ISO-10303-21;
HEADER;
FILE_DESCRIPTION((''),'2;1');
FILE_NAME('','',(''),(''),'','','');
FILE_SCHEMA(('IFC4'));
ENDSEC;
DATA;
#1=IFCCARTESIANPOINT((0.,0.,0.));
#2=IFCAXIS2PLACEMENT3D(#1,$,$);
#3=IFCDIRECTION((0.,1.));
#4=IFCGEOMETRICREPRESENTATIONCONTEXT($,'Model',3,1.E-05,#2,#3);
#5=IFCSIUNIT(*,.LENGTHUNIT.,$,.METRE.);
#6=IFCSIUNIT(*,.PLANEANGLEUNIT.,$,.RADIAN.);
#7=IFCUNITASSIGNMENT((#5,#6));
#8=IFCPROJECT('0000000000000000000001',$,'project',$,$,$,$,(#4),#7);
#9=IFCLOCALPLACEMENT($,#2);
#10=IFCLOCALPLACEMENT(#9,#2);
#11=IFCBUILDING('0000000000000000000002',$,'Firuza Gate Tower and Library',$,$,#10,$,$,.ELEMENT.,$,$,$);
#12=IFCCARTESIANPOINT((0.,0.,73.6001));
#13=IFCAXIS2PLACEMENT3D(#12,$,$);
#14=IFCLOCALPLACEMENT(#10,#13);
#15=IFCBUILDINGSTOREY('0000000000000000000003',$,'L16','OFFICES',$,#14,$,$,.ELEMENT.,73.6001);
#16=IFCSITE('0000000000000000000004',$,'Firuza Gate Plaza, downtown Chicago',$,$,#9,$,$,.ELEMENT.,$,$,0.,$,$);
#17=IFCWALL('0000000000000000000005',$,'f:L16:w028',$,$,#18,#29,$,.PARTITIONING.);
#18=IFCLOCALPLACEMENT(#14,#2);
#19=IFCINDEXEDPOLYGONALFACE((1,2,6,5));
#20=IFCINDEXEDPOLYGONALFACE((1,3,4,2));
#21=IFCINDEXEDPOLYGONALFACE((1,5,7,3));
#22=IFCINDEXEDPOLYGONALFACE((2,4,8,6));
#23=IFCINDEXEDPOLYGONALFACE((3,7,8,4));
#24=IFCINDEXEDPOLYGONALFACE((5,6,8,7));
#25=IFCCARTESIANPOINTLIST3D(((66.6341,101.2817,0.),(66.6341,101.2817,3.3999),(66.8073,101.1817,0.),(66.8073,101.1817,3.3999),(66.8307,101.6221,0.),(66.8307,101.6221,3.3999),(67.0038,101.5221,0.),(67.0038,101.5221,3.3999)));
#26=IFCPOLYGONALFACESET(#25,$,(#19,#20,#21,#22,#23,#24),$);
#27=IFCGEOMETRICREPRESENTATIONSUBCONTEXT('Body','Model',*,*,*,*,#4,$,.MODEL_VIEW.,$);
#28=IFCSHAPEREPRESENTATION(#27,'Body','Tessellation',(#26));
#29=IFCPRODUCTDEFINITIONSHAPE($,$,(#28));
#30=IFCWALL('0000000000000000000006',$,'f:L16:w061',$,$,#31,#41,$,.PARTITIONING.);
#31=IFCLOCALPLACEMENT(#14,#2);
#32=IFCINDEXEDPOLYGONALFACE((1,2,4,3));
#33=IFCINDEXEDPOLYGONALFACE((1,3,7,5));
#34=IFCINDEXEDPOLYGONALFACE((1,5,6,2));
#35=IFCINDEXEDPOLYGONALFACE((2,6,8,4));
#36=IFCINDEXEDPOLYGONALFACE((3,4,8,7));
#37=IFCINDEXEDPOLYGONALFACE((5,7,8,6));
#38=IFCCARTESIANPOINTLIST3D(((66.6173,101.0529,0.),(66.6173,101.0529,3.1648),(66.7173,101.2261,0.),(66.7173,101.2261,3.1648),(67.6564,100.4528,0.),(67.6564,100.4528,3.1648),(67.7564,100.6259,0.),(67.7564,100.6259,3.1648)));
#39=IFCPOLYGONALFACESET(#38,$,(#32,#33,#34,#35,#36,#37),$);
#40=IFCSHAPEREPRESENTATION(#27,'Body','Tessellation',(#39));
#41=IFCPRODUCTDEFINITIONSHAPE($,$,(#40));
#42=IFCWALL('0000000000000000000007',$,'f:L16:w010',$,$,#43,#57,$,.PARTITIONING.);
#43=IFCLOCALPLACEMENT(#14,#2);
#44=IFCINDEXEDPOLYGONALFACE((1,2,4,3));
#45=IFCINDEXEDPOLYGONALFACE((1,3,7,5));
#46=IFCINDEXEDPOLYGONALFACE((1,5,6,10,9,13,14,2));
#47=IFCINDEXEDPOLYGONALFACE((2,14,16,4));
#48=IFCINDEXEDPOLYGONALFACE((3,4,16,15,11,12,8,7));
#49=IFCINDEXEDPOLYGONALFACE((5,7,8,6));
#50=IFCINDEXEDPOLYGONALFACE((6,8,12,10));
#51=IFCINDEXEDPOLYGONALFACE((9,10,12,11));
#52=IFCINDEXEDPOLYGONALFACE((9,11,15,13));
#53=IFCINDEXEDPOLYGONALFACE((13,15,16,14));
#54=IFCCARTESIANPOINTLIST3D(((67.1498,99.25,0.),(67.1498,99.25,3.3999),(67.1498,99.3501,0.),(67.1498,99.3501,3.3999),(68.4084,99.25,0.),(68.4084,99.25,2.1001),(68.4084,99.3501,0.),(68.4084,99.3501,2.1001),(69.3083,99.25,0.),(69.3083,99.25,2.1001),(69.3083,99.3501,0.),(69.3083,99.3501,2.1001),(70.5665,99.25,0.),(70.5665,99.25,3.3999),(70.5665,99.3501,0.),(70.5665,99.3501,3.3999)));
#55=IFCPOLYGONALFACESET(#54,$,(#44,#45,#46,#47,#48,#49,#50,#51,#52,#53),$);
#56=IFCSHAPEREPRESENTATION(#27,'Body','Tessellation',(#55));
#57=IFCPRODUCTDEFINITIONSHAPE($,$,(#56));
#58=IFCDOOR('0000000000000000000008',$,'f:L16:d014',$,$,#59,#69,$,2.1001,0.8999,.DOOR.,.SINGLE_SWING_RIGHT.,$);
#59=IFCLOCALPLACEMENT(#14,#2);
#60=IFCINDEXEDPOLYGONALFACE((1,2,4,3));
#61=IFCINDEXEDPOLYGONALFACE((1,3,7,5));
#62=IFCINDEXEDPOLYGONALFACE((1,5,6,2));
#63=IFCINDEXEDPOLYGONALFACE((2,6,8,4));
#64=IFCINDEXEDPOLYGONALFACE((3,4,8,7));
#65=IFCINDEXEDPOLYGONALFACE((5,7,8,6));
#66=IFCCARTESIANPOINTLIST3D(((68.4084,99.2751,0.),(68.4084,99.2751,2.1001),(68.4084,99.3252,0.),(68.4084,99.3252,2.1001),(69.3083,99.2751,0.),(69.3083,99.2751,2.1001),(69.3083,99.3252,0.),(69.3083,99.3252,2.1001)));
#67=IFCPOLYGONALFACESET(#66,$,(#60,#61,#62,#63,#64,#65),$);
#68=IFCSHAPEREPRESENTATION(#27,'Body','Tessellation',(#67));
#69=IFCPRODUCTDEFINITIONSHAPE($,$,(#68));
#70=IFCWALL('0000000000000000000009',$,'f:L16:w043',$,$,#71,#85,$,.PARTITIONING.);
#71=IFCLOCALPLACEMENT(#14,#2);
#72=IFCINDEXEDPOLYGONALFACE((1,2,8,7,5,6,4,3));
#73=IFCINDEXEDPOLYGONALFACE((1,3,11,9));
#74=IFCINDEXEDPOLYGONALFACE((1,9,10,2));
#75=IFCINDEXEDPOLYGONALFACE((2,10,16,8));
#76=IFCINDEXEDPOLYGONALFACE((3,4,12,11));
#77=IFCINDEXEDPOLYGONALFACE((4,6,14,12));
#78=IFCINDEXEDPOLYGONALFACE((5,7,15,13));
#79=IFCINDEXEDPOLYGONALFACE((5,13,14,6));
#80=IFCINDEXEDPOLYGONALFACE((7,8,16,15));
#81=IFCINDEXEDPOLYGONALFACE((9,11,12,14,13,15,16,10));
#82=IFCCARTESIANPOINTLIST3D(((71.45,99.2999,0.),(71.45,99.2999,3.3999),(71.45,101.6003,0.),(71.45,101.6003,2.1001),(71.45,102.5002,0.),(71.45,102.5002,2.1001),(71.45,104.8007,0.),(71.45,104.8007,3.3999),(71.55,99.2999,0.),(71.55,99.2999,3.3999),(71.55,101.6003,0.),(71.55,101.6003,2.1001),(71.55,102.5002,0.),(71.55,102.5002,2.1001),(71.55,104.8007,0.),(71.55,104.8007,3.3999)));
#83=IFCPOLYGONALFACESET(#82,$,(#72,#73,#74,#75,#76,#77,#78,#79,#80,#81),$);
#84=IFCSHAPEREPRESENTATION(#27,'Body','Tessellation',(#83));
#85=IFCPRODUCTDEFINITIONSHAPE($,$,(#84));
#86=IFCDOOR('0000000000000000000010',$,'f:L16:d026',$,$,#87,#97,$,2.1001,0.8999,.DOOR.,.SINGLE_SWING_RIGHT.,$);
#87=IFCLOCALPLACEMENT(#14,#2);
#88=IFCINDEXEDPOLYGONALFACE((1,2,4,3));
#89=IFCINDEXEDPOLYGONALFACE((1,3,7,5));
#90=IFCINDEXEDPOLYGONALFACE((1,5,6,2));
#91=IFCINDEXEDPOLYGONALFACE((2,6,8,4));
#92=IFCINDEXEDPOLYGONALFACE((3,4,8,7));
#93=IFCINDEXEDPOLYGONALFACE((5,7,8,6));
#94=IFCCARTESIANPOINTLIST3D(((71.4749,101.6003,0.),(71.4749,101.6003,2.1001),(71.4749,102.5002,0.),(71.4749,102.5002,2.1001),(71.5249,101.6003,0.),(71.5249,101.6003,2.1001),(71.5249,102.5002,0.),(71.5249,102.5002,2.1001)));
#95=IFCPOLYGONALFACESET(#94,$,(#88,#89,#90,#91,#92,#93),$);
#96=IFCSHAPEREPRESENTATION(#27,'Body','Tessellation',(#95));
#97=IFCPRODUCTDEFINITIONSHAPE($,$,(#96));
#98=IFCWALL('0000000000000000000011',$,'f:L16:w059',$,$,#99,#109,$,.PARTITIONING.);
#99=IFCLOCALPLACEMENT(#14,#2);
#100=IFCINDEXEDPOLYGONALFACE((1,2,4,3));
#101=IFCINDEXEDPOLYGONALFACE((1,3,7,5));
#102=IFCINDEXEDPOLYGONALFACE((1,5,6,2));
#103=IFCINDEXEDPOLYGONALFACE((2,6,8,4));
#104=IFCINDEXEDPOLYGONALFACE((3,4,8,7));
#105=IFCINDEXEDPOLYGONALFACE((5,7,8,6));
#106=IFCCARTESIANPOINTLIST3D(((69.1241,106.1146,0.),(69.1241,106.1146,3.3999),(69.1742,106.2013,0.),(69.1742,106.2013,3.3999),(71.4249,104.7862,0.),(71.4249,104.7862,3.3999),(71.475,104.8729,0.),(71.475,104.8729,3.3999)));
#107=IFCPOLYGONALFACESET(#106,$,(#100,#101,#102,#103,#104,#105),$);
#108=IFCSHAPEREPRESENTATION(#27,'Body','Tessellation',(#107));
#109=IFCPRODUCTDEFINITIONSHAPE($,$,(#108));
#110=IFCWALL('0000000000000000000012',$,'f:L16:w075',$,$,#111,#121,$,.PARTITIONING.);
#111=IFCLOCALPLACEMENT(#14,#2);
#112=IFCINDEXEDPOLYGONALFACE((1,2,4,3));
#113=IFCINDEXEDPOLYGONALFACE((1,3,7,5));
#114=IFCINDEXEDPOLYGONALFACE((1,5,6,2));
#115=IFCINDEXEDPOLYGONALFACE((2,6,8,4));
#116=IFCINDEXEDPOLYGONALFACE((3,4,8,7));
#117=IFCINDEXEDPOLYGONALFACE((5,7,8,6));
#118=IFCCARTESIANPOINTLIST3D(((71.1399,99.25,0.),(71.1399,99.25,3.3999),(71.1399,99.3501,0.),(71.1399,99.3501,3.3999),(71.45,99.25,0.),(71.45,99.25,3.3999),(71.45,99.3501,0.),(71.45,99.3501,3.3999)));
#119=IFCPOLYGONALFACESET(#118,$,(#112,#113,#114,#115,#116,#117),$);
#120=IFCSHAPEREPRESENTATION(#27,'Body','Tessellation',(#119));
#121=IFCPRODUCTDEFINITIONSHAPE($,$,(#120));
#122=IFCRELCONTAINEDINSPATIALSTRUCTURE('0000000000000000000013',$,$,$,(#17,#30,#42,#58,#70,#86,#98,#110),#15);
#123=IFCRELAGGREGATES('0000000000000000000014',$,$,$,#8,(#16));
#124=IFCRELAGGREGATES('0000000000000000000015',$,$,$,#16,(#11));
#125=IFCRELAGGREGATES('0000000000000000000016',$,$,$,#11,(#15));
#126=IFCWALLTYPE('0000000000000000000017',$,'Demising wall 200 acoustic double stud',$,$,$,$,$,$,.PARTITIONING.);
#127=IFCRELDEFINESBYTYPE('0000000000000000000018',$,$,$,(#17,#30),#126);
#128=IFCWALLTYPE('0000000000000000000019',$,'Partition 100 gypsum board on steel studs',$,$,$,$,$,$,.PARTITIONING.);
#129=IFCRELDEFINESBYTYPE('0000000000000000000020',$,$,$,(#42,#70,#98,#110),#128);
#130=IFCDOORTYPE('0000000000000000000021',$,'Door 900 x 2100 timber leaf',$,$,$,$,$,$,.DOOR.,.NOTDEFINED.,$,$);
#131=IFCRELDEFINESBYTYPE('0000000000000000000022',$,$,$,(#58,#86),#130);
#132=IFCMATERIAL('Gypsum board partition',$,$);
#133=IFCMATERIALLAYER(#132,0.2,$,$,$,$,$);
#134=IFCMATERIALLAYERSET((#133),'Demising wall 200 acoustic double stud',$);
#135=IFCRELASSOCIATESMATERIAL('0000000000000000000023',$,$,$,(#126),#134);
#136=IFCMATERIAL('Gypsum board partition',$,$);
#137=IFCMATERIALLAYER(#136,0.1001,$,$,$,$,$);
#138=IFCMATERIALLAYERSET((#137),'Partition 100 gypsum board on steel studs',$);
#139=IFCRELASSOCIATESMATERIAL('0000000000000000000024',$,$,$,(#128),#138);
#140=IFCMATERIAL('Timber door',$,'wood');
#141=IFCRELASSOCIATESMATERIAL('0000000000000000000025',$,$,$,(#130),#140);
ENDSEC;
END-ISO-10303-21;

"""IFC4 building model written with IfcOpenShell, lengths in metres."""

from ifc_helpers import new_model, si_unit, direction, frame, frame_2d, origin, place, context, subcontext, project, spatial, rectangle, extrude, material, layer, layer_set, type_object, element, fill, save


model = new_model("IFC4")

# Units and contexts
model_context = context("Model", 3, precision=1e-05, world=origin(), true_north=direction((0.0, 1.0)))
body_context = subcontext(model_context, "Body", "Model", "MODEL_VIEW")
ifc_project = project(units=[si_unit("LENGTHUNIT", "METRE"), si_unit("PLANEANGLEUNIT", "RADIAN")], contexts=[model_context])

# Site, building, storey
site_placement = place(None, origin())
site = spatial("IfcSite", under=ifc_project, at=site_placement, Name="Firuza Gate Plaza, downtown Chicago", CompositionType="ELEMENT", RefElevation=0.0)
building_placement = place(site_placement, origin())
building = spatial("IfcBuilding", under=site, at=building_placement, Name="Firuza Gate Tower and Library", CompositionType="ELEMENT")
storey_placement = place(building_placement, frame((0.0, 0.0, 73.6001)))
storey = spatial("IfcBuildingStorey", under=building, at=storey_placement, Name="L16", Description="OFFICES", CompositionType="ELEMENT", Elevation=73.6001)

# Walls
ifc_material_1 = material(Name="Gypsum board partition")
ifc_layer_1 = layer(ifc_material_1, 0.2)
ifc_layer_set_1 = layer_set([ifc_layer_1], Name="Demising wall 200 acoustic double stud")
wall_type_1 = type_object("IfcWallType", Name="Demising wall 200 acoustic double stud", PredefinedType="PARTITIONING", material=ifc_layer_set_1)
wall_1_placement = place(storey_placement, frame((66.7207, 101.2317, 0.0), z_axis=(0.0, 0.0, 1.0), x_axis=(0.500081, 0.865979, 0.0)))
element("IfcWall", 1, at=wall_1_placement, inside=storey, type_object=wall_type_1, Name="f:L16:w028", PredefinedType="PARTITIONING", context=body_context, shape_type="SweptSolid", body=[
    extrude(rectangle(XDim=0.3931, YDim=0.2, at=frame_2d((0.1965, 0.0))), origin(), (0.0, 0.0, 1.0), 3.3999),
])
wall_2_placement = place(storey_placement, frame((67.7065, 100.5393, 0.0), z_axis=(0.0, 0.0, 1.0), x_axis=(-0.865955, 0.500122, 0.0)))
element("IfcWall", 2, at=wall_2_placement, inside=storey, type_object=wall_type_1, Name="f:L16:w061", PredefinedType="PARTITIONING", context=body_context, shape_type="SweptSolid", body=[
    extrude(rectangle(XDim=1.2, YDim=0.2, at=frame_2d((0.6001, 0.0))), origin(), (0.0, 0.0, 1.0), 3.1648),
])

# Walls, openings, doors
ifc_material_2 = material(Name="Gypsum board partition")
ifc_layer_2 = layer(ifc_material_2, 0.1001)
ifc_layer_set_2 = layer_set([ifc_layer_2], Name="Partition 100 gypsum board on steel studs")
wall_type_2 = type_object("IfcWallType", Name="Partition 100 gypsum board on steel studs", PredefinedType="PARTITIONING", material=ifc_layer_set_2)
wall_3_placement = place(storey_placement, frame((70.5667, 99.3, 0.0), z_axis=(0.0, 0.0, 1.0), x_axis=(-1.0, 0.0, 0.0)))
wall_3 = element("IfcWall", 3, at=wall_3_placement, inside=storey, type_object=wall_type_2, Name="f:L16:w010", PredefinedType="PARTITIONING", context=body_context, shape_type="SweptSolid", body=[
    extrude(rectangle(XDim=3.4167, YDim=0.1001, at=frame_2d((1.7085, 0.0))), origin(), (0.0, 0.0, 1.0), 3.3999),
])
opening_1_placement = place(wall_3_placement, frame((1.2583, 0.0, 0.0)))
opening_1 = element("IfcOpeningElement", 4, at=opening_1_placement, cuts=wall_3, PredefinedType="OPENING", context=body_context, shape_type="SweptSolid", body=[
    extrude(rectangle(XDim=0.8999, YDim=2.1001, at=frame_2d((0.45, 1.05))), frame((0.0, 0.0601, 0.0), z_axis=(0.0, -1.0, 0.0), x_axis=(1.0, 0.0, 0.0)), (0.0, 0.0, 1.0), 0.1201),
])
ifc_material_3 = material(Name="Timber door", Category="wood")
door_type = type_object("IfcDoorType", Name="Door 900 x 2100 timber leaf", OperationType="NOTDEFINED", PredefinedType="DOOR", material=ifc_material_3)
door_1_placement = place(opening_1_placement, origin())
door_1 = element("IfcDoor", 5, at=door_1_placement, inside=storey, type_object=door_type, Name="f:L16:d014", OperationType="SINGLE_SWING_RIGHT", OverallHeight=2.1001, OverallWidth=0.8999, PredefinedType="DOOR", context=body_context, shape_type="SweptSolid", body=[
    extrude(rectangle(XDim=0.8999, YDim=2.1001, at=frame_2d((0.45, 1.05))), frame((0.0, 0.0249, 0.0), z_axis=(0.0, -1.0, 0.0), x_axis=(1.0, 0.0, 0.0)), (0.0, 0.0, 1.0), 0.05),
])
fill(opening_1, door_1)
wall_4_placement = place(storey_placement, frame((71.5, 104.8008, 0.0), z_axis=(0.0, 0.0, 1.0), x_axis=(0.0, -1.0, 0.0)))
wall_4 = element("IfcWall", 6, at=wall_4_placement, inside=storey, type_object=wall_type_2, Name="f:L16:w043", PredefinedType="PARTITIONING", context=body_context, shape_type="SweptSolid", body=[
    extrude(rectangle(XDim=5.5007, YDim=0.1001, at=frame_2d((2.7505, 0.0))), origin(), (0.0, 0.0, 1.0), 3.3999),
])
opening_2_placement = place(wall_4_placement, frame((2.3005, 0.0, 0.0)))
opening_2 = element("IfcOpeningElement", 7, at=opening_2_placement, cuts=wall_4, PredefinedType="OPENING", context=body_context, shape_type="SweptSolid", body=[
    extrude(rectangle(XDim=0.8999, YDim=2.1001, at=frame_2d((0.45, 1.05))), frame((0.0, 0.0601, 0.0), z_axis=(0.0, -1.0, 0.0), x_axis=(1.0, 0.0, 0.0)), (0.0, 0.0, 1.0), 0.1201),
])
door_2_placement = place(opening_2_placement, origin())
door_2 = element("IfcDoor", 8, at=door_2_placement, inside=storey, type_object=door_type, Name="f:L16:d026", OperationType="SINGLE_SWING_RIGHT", OverallHeight=2.1001, OverallWidth=0.8999, PredefinedType="DOOR", context=body_context, shape_type="SweptSolid", body=[
    extrude(rectangle(XDim=0.8999, YDim=2.1001, at=frame_2d((0.45, 1.05))), frame((0.0, 0.0249, 0.0), z_axis=(0.0, -1.0, 0.0), x_axis=(1.0, 0.0, 0.0)), (0.0, 0.0, 1.0), 0.05),
])
fill(opening_2, door_2)

# Walls
wall_5_placement = place(storey_placement, frame((71.45, 104.8296, 0.0), z_axis=(0.0, 0.0, 1.0), x_axis=(-0.866023, 0.500004, 0.0)))
element("IfcWall", 9, at=wall_5_placement, inside=storey, type_object=wall_type_2, Name="f:L16:w059", PredefinedType="PARTITIONING", context=body_context, shape_type="SweptSolid", body=[
    extrude(rectangle(XDim=2.6567, YDim=0.1001, at=frame_2d((1.3284, 0.0))), origin(), (0.0, 0.0, 1.0), 3.3999),
])
wall_6_placement = place(storey_placement, frame((71.1399, 99.3, 0.0), z_axis=(0.0, 0.0, 1.0), x_axis=(1.0, 0.0, 0.0)))
element("IfcWall", 10, at=wall_6_placement, inside=storey, type_object=wall_type_2, Name="f:L16:w075", PredefinedType="PARTITIONING", context=body_context, shape_type="SweptSolid", body=[
    extrude(rectangle(XDim=0.3101, YDim=0.1001, at=frame_2d((0.155, 0.0))), origin(), (0.0, 0.0, 1.0), 3.3999),
])

save(model, "model.ifc")
